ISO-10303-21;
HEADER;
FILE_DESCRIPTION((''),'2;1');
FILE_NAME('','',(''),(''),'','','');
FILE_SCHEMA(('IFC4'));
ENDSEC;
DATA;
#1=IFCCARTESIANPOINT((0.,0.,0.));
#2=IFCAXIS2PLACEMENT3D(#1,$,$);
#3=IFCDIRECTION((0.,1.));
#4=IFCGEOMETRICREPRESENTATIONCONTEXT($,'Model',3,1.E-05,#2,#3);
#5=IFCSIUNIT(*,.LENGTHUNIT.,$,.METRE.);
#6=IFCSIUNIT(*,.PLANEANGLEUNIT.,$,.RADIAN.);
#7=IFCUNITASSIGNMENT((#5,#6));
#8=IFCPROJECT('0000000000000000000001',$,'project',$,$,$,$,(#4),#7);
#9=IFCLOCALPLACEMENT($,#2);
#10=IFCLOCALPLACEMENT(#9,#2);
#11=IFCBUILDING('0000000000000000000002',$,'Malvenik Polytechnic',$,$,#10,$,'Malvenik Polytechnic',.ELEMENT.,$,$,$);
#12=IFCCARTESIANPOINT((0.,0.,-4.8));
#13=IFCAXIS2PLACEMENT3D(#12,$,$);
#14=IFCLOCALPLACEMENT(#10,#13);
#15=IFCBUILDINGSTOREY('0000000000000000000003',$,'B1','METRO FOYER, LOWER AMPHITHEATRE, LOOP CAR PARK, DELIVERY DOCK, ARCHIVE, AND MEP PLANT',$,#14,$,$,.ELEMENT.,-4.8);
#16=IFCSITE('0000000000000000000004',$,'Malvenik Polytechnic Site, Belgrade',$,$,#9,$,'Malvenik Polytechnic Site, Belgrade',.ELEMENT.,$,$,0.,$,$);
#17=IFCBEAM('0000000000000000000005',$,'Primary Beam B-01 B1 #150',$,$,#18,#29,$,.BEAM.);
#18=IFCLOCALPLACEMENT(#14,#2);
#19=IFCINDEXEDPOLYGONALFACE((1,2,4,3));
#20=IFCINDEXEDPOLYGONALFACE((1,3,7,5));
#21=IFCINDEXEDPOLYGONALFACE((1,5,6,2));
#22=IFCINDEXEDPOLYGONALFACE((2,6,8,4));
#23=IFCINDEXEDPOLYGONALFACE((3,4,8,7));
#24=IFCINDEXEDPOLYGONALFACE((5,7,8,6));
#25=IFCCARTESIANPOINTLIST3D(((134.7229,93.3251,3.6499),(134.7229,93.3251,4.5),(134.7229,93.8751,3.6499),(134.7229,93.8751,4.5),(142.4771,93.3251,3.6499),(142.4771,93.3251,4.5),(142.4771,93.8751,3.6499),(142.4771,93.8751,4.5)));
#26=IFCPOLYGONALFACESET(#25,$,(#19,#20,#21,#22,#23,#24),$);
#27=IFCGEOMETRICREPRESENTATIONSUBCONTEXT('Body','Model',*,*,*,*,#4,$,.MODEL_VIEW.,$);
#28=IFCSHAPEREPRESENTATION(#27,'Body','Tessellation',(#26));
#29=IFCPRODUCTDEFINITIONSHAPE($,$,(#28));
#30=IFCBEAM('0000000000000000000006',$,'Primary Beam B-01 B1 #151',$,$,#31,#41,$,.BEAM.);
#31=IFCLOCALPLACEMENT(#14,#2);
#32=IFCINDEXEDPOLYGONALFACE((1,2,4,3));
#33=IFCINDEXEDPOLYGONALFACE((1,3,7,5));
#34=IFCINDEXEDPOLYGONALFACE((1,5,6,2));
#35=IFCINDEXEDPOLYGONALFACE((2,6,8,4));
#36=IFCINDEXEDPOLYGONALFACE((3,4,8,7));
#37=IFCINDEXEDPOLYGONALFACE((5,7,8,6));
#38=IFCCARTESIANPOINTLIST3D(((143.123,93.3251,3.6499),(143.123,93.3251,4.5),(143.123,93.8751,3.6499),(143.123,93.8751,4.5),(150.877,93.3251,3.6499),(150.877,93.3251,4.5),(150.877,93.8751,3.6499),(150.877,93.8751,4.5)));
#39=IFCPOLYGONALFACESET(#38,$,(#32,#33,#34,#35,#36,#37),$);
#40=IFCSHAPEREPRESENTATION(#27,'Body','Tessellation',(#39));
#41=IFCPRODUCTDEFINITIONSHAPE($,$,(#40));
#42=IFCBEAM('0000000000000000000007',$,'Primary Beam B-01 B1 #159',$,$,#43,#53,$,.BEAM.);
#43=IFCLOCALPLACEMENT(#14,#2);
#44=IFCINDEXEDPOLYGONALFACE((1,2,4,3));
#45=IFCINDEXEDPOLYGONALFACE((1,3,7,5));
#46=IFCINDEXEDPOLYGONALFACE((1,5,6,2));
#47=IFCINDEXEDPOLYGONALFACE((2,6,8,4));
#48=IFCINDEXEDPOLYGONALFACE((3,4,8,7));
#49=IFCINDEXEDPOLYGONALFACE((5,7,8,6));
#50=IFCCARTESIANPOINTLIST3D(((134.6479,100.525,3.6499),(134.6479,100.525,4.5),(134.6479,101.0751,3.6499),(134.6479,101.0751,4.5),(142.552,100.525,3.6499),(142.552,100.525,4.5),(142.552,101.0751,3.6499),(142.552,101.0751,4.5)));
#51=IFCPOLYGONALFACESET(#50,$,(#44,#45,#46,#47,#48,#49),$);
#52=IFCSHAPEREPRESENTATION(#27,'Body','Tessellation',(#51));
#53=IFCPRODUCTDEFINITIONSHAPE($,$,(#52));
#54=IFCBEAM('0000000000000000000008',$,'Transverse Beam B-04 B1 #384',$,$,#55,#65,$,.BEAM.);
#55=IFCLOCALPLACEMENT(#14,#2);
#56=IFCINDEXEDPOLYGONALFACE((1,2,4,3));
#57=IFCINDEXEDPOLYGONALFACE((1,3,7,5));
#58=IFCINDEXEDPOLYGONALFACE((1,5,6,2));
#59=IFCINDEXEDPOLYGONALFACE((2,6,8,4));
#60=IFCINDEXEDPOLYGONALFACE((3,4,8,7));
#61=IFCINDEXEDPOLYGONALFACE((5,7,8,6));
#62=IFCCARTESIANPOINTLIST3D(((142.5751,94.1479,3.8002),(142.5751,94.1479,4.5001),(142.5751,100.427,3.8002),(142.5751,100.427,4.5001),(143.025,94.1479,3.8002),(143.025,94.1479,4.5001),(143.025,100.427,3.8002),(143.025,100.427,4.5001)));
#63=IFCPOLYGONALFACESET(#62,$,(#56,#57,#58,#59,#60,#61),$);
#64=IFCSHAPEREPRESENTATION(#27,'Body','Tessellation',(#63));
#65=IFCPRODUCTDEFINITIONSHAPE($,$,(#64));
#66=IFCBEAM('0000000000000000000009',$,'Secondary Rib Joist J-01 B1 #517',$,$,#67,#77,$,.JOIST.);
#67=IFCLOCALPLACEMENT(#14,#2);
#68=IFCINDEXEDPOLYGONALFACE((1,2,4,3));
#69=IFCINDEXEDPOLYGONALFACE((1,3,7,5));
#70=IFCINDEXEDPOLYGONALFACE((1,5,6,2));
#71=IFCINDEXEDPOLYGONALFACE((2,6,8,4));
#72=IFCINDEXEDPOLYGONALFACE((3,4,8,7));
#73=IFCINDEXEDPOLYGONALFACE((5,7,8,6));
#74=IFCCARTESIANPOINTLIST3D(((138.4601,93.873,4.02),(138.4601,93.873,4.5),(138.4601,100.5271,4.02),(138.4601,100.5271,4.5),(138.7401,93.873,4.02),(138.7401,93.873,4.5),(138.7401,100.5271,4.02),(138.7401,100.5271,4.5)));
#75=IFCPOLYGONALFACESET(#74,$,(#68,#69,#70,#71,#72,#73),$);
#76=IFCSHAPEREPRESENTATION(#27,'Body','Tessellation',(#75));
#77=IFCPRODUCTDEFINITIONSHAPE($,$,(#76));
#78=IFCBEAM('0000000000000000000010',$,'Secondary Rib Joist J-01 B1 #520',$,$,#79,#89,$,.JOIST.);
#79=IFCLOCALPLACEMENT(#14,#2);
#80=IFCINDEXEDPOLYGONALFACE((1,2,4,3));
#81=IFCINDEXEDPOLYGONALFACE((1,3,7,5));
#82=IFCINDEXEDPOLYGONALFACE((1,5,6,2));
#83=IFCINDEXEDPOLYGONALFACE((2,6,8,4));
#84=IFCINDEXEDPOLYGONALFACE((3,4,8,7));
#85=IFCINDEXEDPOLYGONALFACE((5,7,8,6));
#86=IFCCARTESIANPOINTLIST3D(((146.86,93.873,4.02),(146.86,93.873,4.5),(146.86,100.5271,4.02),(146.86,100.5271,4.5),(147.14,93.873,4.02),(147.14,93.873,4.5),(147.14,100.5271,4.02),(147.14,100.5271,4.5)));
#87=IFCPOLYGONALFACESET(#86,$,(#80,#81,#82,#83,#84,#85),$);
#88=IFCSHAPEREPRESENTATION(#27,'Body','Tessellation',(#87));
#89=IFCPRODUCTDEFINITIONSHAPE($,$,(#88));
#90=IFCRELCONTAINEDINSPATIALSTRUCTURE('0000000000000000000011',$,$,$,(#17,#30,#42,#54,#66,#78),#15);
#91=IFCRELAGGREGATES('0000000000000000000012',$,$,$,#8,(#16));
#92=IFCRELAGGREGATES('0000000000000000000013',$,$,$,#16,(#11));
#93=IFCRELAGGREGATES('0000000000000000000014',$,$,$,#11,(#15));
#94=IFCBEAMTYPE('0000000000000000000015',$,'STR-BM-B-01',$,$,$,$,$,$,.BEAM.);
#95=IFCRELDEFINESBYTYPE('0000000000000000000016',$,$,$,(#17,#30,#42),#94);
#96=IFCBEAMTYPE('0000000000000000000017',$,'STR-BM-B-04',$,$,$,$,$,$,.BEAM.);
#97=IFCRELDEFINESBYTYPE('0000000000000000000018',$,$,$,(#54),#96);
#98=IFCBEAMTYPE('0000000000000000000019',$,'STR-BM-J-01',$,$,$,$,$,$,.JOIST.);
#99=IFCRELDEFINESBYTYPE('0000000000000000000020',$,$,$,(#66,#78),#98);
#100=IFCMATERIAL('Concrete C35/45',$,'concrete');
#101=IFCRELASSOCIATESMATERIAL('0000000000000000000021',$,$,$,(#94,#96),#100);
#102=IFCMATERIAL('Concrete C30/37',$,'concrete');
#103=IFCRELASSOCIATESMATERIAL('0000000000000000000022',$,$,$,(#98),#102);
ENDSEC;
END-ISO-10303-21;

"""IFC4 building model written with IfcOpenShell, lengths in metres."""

from ifc_helpers import new_model, si_unit, direction, frame, origin, origin_2d, place, context, subcontext, project, spatial, rectangle, extrude, material, material_profile, profile_set, type_object, element, save


model = new_model("IFC4")

# Units and contexts
model_context = context("Model", 3, precision=1e-05, world=origin(), true_north=direction((0.0, 1.0)))
body_context = subcontext(model_context, "Body", "Model", "MODEL_VIEW")
ifc_project = project(units=[si_unit("LENGTHUNIT", "METRE"), si_unit("PLANEANGLEUNIT", "RADIAN")], contexts=[model_context])

# Site, building, storey
site_placement = place(None, origin())
site = spatial("IfcSite", under=ifc_project, at=site_placement, Name="Malvenik Polytechnic Site, Belgrade", LongName="Malvenik Polytechnic Site, Belgrade", CompositionType="ELEMENT", RefElevation=0.0)
building_placement = place(site_placement, origin())
building = spatial("IfcBuilding", under=site, at=building_placement, Name="Malvenik Polytechnic", LongName="Malvenik Polytechnic", CompositionType="ELEMENT")
storey_placement = place(building_placement, frame((0.0, 0.0, -4.8)))
storey = spatial("IfcBuildingStorey", under=building, at=storey_placement, Name="B1", Description="METRO FOYER, LOWER AMPHITHEATRE, LOOP CAR PARK, DELIVERY DOCK, ARCHIVE, AND MEP PLANT", CompositionType="ELEMENT", Elevation=-4.8)

# Shared definitions
ifc_material_1 = material(Name="Concrete C35/45", Category="concrete")

# Beams
ifc_material_profile_1 = material_profile(ifc_material_1, rectangle(XDim=0.55, YDim=0.8501, at=origin_2d()), Name="RC BM 550x850")
ifc_profile_set_1 = profile_set([ifc_material_profile_1], Name="Concrete C35/45")
beam_type_1 = type_object("IfcBeamType", Name="STR-BM-B-01", PredefinedType="BEAM", material=ifc_profile_set_1)
beam_1_placement = place(storey_placement, frame((134.7229, 93.6001, 4.075), z_axis=(1.0, 0.0, 0.0), x_axis=(0.0, 1.0, 0.0)))
element("IfcBeam", 1, at=beam_1_placement, inside=storey, type_object=beam_type_1, Name="Primary Beam B-01 B1 #150", PredefinedType="BEAM", context=body_context, shape_type="SweptSolid", body=[
    extrude(rectangle(XDim=0.55, YDim=0.8501, at=origin_2d()), origin(), (0.0, 0.0, 1.0), 7.7542),
])
beam_2_placement = place(storey_placement, frame((143.123, 93.6001, 4.075), z_axis=(1.0, 0.0, 0.0), x_axis=(0.0, 1.0, 0.0)))
element("IfcBeam", 2, at=beam_2_placement, inside=storey, type_object=beam_type_1, Name="Primary Beam B-01 B1 #151", PredefinedType="BEAM", context=body_context, shape_type="SweptSolid", body=[
    extrude(rectangle(XDim=0.55, YDim=0.8501, at=origin_2d()), origin(), (0.0, 0.0, 1.0), 7.7539),
])
beam_3_placement = place(storey_placement, frame((134.6479, 100.8, 4.075), z_axis=(1.0, 0.0, 0.0), x_axis=(0.0, 1.0, 0.0)))
element("IfcBeam", 3, at=beam_3_placement, inside=storey, type_object=beam_type_1, Name="Primary Beam B-01 B1 #159", PredefinedType="BEAM", context=body_context, shape_type="SweptSolid", body=[
    extrude(rectangle(XDim=0.55, YDim=0.8501, at=origin_2d()), origin(), (0.0, 0.0, 1.0), 7.9041),
])
ifc_material_profile_2 = material_profile(ifc_material_1, rectangle(XDim=0.45, YDim=0.7, at=origin_2d()), Name="RC BM 450x700")
ifc_profile_set_2 = profile_set([ifc_material_profile_2], Name="Concrete C35/45")
beam_type_2 = type_object("IfcBeamType", Name="STR-BM-B-04", PredefinedType="BEAM", material=ifc_profile_set_2)
beam_4_placement = place(storey_placement, frame((142.8, 94.1479, 4.1501), z_axis=(0.0, 1.0, 0.0), x_axis=(-1.0, 0.0, 0.0)))
element("IfcBeam", 4, at=beam_4_placement, inside=storey, type_object=beam_type_2, Name="Transverse Beam B-04 B1 #384", PredefinedType="BEAM", context=body_context, shape_type="SweptSolid", body=[
    extrude(rectangle(XDim=0.45, YDim=0.7, at=origin_2d()), origin(), (0.0, 0.0, 1.0), 6.2791),
])
ifc_material_2 = material(Name="Concrete C30/37", Category="concrete")
ifc_material_profile_3 = material_profile(ifc_material_2, rectangle(XDim=0.28, YDim=0.48, at=origin_2d()), Name="RC JST 280x480")
ifc_profile_set_3 = profile_set([ifc_material_profile_3], Name="Concrete C30/37")
beam_type_3 = type_object("IfcBeamType", Name="STR-BM-J-01", PredefinedType="JOIST", material=ifc_profile_set_3)
for number, where, z_axis, x_axis, name in (
    (5, (138.6001, 93.873, 4.26), (0.0, 1.0, 0.0), (-1.0, 0.0, 0.0), "Secondary Rib Joist J-01 B1 #517"),
    (6, (147.0, 93.873, 4.26), (0.0, 1.0, 0.0), (-1.0, 0.0, 0.0), "Secondary Rib Joist J-01 B1 #520"),
):
    element("IfcBeam", number, at=place(storey_placement, frame(where, z_axis=z_axis, x_axis=x_axis)), inside=storey, type_object=beam_type_3, Name=name, PredefinedType="JOIST", context=body_context, shape_type="SweptSolid", body=[
        extrude(rectangle(XDim=0.28, YDim=0.48, at=origin_2d()), origin(), (0.0, 0.0, 1.0), 6.6541),
    ])

save(model, "model.ifc")
